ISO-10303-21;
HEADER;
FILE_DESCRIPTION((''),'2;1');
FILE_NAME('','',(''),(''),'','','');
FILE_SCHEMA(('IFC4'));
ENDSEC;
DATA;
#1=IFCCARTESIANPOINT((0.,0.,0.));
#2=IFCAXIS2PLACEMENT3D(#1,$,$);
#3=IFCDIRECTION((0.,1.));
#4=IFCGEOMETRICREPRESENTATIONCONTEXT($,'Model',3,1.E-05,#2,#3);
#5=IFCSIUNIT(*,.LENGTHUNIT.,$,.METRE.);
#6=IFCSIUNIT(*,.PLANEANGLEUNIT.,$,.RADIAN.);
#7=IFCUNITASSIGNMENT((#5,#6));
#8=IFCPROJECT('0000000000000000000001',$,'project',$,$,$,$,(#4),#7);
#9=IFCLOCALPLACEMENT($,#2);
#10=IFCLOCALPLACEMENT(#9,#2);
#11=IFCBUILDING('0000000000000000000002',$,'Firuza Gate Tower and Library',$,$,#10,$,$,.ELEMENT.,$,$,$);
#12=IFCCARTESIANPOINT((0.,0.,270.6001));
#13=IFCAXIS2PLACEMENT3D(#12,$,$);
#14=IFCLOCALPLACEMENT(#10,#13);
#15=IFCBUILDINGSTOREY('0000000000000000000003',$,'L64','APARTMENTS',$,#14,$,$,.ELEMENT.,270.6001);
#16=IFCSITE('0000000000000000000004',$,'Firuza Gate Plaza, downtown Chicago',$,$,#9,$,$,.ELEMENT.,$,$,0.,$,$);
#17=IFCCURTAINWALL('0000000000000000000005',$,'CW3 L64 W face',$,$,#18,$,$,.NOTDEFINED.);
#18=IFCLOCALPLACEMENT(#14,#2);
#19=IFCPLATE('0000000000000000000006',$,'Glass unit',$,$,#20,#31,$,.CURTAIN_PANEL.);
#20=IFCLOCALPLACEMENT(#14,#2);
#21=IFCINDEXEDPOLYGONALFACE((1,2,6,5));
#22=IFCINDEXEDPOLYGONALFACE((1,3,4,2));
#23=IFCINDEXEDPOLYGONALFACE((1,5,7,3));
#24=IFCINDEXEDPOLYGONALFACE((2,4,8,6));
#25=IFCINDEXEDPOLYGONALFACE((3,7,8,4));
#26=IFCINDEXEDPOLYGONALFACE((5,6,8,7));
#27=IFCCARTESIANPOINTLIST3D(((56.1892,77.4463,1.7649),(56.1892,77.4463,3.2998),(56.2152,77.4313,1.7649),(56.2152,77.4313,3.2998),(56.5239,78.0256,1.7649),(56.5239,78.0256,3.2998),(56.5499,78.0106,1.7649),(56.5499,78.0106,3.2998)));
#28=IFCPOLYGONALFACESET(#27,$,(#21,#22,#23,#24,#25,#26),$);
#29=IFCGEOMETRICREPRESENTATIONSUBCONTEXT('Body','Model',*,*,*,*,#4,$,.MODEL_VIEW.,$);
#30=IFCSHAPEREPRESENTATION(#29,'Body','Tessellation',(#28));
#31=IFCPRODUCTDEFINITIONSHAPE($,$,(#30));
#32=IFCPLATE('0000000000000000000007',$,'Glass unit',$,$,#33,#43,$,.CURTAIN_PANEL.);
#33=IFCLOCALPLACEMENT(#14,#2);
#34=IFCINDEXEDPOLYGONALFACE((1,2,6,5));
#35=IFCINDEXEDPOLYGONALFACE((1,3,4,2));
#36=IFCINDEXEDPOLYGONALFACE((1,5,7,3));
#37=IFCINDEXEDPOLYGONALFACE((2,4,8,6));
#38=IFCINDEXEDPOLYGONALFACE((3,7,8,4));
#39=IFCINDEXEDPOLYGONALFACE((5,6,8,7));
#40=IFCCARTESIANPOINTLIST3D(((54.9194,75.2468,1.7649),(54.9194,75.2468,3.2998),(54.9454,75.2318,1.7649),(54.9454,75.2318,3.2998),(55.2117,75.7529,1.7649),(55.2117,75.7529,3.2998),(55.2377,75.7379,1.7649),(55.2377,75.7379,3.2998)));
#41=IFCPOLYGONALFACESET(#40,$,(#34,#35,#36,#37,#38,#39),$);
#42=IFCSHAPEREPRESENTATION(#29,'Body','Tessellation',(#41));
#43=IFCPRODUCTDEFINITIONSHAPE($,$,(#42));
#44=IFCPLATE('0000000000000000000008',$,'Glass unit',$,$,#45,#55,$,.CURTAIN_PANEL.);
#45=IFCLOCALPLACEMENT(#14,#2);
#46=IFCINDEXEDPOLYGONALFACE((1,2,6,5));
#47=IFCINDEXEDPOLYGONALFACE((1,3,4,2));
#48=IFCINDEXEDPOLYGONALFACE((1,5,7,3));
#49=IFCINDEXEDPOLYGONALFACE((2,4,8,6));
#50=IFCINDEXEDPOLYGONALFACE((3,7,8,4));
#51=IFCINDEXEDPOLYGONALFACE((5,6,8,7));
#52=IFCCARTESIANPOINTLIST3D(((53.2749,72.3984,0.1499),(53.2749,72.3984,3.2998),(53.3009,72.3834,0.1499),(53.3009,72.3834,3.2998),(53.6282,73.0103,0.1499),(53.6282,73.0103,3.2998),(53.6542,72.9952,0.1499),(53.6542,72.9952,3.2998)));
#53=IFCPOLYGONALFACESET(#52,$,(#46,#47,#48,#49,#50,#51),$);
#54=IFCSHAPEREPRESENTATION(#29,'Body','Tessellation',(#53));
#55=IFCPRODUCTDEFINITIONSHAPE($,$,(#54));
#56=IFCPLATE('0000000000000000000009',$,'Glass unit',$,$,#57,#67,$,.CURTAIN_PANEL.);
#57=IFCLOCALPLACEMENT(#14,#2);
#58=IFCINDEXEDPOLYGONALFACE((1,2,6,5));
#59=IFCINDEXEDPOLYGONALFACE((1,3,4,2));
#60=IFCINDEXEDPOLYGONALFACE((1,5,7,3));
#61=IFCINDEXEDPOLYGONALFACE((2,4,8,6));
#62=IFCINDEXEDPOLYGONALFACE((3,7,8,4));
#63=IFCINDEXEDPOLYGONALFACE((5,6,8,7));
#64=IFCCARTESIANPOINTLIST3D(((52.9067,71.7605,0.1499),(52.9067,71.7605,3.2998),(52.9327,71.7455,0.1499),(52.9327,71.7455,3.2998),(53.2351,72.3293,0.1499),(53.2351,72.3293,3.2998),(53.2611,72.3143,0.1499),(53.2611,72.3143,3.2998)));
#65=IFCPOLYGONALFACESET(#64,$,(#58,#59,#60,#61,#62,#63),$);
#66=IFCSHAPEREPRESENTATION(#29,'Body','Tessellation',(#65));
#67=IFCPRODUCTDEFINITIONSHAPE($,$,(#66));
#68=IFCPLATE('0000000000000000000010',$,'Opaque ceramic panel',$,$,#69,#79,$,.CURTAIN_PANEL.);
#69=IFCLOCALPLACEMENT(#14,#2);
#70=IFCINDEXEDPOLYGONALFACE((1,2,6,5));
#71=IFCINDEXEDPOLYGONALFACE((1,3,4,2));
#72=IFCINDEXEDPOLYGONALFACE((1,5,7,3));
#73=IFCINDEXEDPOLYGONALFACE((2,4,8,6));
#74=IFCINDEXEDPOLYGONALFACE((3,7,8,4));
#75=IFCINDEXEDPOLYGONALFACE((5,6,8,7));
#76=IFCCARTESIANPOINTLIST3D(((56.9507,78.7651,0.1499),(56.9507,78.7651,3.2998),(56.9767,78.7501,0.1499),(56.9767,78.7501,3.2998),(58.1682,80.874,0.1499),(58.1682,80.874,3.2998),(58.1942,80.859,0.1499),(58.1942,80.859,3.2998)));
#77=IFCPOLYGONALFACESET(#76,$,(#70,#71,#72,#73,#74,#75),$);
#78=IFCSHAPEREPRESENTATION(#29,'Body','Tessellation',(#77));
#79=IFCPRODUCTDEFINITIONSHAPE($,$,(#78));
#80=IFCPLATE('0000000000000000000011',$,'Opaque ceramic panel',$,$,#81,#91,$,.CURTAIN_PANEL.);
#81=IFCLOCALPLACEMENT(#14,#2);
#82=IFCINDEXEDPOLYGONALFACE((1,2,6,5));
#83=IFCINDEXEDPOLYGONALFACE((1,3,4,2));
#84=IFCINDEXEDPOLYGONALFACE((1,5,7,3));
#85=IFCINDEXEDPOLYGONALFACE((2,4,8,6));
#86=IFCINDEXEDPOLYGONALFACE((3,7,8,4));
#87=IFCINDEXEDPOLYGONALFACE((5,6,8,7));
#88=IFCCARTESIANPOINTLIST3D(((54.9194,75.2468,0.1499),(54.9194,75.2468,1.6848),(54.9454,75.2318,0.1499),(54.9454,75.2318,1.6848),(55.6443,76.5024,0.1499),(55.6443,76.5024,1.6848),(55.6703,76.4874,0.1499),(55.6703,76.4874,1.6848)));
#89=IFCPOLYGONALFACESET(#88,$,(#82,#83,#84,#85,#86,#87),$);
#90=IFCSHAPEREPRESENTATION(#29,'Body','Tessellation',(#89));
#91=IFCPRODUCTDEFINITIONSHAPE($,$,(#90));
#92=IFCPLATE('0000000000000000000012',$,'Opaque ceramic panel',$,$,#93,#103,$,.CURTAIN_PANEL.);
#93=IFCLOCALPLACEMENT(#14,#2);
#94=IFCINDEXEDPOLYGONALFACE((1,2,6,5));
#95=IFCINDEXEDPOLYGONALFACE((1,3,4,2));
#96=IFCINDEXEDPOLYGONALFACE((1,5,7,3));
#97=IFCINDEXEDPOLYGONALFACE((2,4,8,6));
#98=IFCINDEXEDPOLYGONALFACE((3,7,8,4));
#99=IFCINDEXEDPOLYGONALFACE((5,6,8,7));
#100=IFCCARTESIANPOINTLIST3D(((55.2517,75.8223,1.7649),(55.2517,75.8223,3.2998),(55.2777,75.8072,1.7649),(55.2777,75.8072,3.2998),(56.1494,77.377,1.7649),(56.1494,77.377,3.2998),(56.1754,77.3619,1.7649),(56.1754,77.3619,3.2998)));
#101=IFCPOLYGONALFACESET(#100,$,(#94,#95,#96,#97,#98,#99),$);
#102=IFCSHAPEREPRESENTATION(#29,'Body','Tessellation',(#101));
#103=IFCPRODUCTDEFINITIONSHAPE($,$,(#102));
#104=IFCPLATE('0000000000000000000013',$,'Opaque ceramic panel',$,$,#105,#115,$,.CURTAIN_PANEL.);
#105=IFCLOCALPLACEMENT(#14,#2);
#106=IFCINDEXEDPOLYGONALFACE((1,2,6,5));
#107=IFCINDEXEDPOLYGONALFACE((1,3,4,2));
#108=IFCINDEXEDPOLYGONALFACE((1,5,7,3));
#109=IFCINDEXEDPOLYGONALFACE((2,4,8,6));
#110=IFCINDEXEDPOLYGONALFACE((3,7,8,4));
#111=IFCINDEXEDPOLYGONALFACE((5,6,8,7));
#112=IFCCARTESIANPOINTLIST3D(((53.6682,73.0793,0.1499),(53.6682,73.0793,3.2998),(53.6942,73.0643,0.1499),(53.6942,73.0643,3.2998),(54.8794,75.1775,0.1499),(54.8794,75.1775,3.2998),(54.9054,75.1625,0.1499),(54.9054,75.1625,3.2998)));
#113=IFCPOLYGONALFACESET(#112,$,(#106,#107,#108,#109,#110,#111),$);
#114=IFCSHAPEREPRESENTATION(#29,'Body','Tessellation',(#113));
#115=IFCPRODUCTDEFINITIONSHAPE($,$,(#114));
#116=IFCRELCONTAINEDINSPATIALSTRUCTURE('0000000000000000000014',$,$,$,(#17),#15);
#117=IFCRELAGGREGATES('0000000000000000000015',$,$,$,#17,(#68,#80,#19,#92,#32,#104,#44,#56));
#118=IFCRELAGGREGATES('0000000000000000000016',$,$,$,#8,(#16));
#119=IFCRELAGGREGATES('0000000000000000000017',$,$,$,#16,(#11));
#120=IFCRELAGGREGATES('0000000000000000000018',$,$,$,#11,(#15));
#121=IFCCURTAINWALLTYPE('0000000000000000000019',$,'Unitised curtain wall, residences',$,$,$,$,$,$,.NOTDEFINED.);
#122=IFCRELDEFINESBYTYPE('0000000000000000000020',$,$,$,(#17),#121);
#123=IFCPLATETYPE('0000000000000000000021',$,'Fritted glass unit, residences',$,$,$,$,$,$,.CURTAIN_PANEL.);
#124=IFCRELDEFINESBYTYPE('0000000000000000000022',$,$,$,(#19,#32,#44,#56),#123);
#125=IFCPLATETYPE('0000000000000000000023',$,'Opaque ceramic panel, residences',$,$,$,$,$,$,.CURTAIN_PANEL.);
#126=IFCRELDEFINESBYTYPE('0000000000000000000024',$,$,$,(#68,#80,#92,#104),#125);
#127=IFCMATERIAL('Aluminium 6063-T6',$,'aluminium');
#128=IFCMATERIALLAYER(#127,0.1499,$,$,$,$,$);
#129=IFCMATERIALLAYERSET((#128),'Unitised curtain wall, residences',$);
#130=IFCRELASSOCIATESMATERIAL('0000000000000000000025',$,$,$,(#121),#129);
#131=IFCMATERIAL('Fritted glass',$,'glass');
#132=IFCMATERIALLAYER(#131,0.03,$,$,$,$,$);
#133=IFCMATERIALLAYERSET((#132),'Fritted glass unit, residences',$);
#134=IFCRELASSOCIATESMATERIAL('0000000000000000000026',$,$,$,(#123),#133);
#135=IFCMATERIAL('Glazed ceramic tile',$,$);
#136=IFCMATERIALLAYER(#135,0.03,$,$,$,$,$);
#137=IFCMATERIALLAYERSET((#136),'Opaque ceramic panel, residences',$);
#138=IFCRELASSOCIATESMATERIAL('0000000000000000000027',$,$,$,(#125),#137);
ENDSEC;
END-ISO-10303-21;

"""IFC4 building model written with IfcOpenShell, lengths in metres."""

from ifc_helpers import new_model, si_unit, direction, frame, origin, place, context, subcontext, project, spatial, polyline, outline, extrude, material, layer, layer_set, type_object, element, aggregate, save


model = new_model("IFC4")

# Units and contexts
model_context = context("Model", 3, precision=1e-05, world=origin(), true_north=direction((0.0, 1.0)))
body_context = subcontext(model_context, "Body", "Model", "MODEL_VIEW")
ifc_project = project(units=[si_unit("LENGTHUNIT", "METRE"), si_unit("PLANEANGLEUNIT", "RADIAN")], contexts=[model_context])

# Site, building, storey
site_placement = place(None, origin())
site = spatial("IfcSite", under=ifc_project, at=site_placement, Name="Firuza Gate Plaza, downtown Chicago", CompositionType="ELEMENT", RefElevation=0.0)
building_placement = place(site_placement, origin())
building = spatial("IfcBuilding", under=site, at=building_placement, Name="Firuza Gate Tower and Library", CompositionType="ELEMENT")
storey_placement = place(building_placement, frame((0.0, 0.0, 270.6001)))
storey = spatial("IfcBuildingStorey", under=building, at=storey_placement, Name="L64", Description="APARTMENTS", CompositionType="ELEMENT", Elevation=270.6001)

# Curtain wall
ifc_material_1 = material(Name="Aluminium 6063-T6", Category="aluminium")
ifc_layer_1 = layer(ifc_material_1, 0.1499)
ifc_layer_set_1 = layer_set([ifc_layer_1], Name="Unitised curtain wall, residences")
curtain_wall_type = type_object("IfcCurtainWallType", Name="Unitised curtain wall, residences", PredefinedType="NOTDEFINED", material=ifc_layer_set_1)
curtain_wall_placement = place(storey_placement, origin())
curtain_wall = element("IfcCurtainWall", 1, at=curtain_wall_placement, inside=storey, type_object=curtain_wall_type, Name="CW3 L64 W face", PredefinedType="NOTDEFINED")

# Plates
ifc_material_2 = material(Name="Fritted glass", Category="glass")
ifc_layer_2 = layer(ifc_material_2, 0.03)
ifc_layer_set_2 = layer_set([ifc_layer_2], Name="Fritted glass unit, residences")
plate_type_1 = type_object("IfcPlateType", Name="Fritted glass unit, residences", PredefinedType="CURTAIN_PANEL", material=ifc_layer_set_2)
plate_1_placement = place(storey_placement, frame((56.5239, 78.0256, 1.7649), z_axis=(-0.865876, 0.500259, 0.0), x_axis=(-0.500259, -0.865876, 0.0)))
plate_1 = element("IfcPlate", 2, at=plate_1_placement, type_object=plate_type_1, Name="Glass unit", PredefinedType="CURTAIN_PANEL", context=body_context, shape_type="SweptSolid", body=[
    extrude(outline(polyline([(0.0, 0.0), (0.6691, 0.0), (0.6691, 1.5349), (0.0, 1.5349), (0.0, 0.0)])), origin(), (0.0, 0.0, -1.0), 0.03),
])
plate_2_placement = place(storey_placement, frame((55.2117, 75.7529, 1.7649), z_axis=(-0.865998, 0.500048, 0.0), x_axis=(-0.500048, -0.865998, 0.0)))
plate_2 = element("IfcPlate", 3, at=plate_2_placement, type_object=plate_type_1, Name="Glass unit", PredefinedType="CURTAIN_PANEL", context=body_context, shape_type="SweptSolid", body=[
    extrude(outline(polyline([(0.0, 0.0), (0.5844, 0.0), (0.5844, 1.5349), (0.0, 1.5349), (0.0, 0.0)])), origin(), (0.0, 0.0, -1.0), 0.03),
])
plate_3_placement = place(storey_placement, frame((53.6282, 73.0103, 0.1499), z_axis=(-0.866001, 0.500042, 0.0), x_axis=(-0.500042, -0.866001, 0.0)))
plate_3 = element("IfcPlate", 4, at=plate_3_placement, type_object=plate_type_1, Name="Glass unit", PredefinedType="CURTAIN_PANEL", context=body_context, shape_type="SweptSolid", body=[
    extrude(outline(polyline([(0.0, 0.0), (0.7065, 0.0), (0.7065, 3.1499), (0.0, 3.1499), (0.0, 0.0)])), origin(), (0.0, 0.0, -1.0), 0.03),
])
plate_4_placement = place(storey_placement, frame((53.2351, 72.3293, 0.1499), z_axis=(-0.866062, 0.499937, 0.0), x_axis=(-0.499937, -0.866062, 0.0)))
plate_4 = element("IfcPlate", 5, at=plate_4_placement, type_object=plate_type_1, Name="Glass unit", PredefinedType="CURTAIN_PANEL", context=body_context, shape_type="SweptSolid", body=[
    extrude(outline(polyline([(0.0, 0.0), (0.6568, 0.0), (0.6568, 3.1499), (0.0, 3.1499), (0.0, 0.0)])), origin(), (0.0, 0.0, -1.0), 0.03),
])
ifc_material_3 = material(Name="Glazed ceramic tile")
ifc_layer_3 = layer(ifc_material_3, 0.03)
ifc_layer_set_3 = layer_set([ifc_layer_3], Name="Opaque ceramic panel, residences")
plate_type_2 = type_object("IfcPlateType", Name="Opaque ceramic panel, residences", PredefinedType="CURTAIN_PANEL", material=ifc_layer_set_3)
plate_5_placement = place(storey_placement, frame((58.1682, 80.874, 0.1499), z_axis=(-0.866032, 0.499989, 0.0), x_axis=(-0.499989, -0.866032, 0.0)))
plate_5 = element("IfcPlate", 6, at=plate_5_placement, type_object=plate_type_2, Name="Opaque ceramic panel", PredefinedType="CURTAIN_PANEL", context=body_context, shape_type="SweptSolid", body=[
    extrude(outline(polyline([(0.0, 0.0), (2.4351, 0.0), (2.4351, 3.1499), (0.0, 3.1499), (0.0, 0.0)])), origin(), (0.0, 0.0, -1.0), 0.03),
])
plate_6_placement = place(storey_placement, frame((55.6443, 76.5024, 0.1499), z_axis=(-0.866048, 0.499961, 0.0), x_axis=(-0.499961, -0.866048, 0.0)))
plate_6 = element("IfcPlate", 7, at=plate_6_placement, type_object=plate_type_2, Name="Opaque ceramic panel", PredefinedType="CURTAIN_PANEL", context=body_context, shape_type="SweptSolid", body=[
    extrude(outline(polyline([(0.0, 0.0), (1.4498, 0.0), (1.4498, 1.5349), (0.0, 1.5349), (0.0, 0.0)])), origin(), (0.0, 0.0, -1.0), 0.03),
])
plate_7_placement = place(storey_placement, frame((56.1494, 77.377, 1.7649), z_axis=(-0.866, 0.500044, 0.0), x_axis=(-0.500044, -0.866, 0.0)))
plate_7 = element("IfcPlate", 8, at=plate_7_placement, type_object=plate_type_2, Name="Opaque ceramic panel", PredefinedType="CURTAIN_PANEL", context=body_context, shape_type="SweptSolid", body=[
    extrude(outline(polyline([(0.0, 0.0), (1.7953, 0.0), (1.7953, 1.5349), (0.0, 1.5349), (0.0, 0.0)])), origin(), (0.0, 0.0, -1.0), 0.03),
])
plate_8_placement = place(storey_placement, frame((54.8794, 75.1775, 0.1499), z_axis=(-0.866058, 0.499943, 0.0), x_axis=(-0.499943, -0.866058, 0.0)))
plate_8 = element("IfcPlate", 9, at=plate_8_placement, type_object=plate_type_2, Name="Opaque ceramic panel", PredefinedType="CURTAIN_PANEL", context=body_context, shape_type="SweptSolid", body=[
    extrude(outline(polyline([(0.0, 0.0), (2.4226, 0.0), (2.4226, 3.1499), (0.0, 3.1499), (0.0, 0.0)])), origin(), (0.0, 0.0, -1.0), 0.03),
])
aggregate(curtain_wall, [plate_5, plate_6, plate_1, plate_7, plate_2, plate_8, plate_3, plate_4])

save(model, "model.ifc")
